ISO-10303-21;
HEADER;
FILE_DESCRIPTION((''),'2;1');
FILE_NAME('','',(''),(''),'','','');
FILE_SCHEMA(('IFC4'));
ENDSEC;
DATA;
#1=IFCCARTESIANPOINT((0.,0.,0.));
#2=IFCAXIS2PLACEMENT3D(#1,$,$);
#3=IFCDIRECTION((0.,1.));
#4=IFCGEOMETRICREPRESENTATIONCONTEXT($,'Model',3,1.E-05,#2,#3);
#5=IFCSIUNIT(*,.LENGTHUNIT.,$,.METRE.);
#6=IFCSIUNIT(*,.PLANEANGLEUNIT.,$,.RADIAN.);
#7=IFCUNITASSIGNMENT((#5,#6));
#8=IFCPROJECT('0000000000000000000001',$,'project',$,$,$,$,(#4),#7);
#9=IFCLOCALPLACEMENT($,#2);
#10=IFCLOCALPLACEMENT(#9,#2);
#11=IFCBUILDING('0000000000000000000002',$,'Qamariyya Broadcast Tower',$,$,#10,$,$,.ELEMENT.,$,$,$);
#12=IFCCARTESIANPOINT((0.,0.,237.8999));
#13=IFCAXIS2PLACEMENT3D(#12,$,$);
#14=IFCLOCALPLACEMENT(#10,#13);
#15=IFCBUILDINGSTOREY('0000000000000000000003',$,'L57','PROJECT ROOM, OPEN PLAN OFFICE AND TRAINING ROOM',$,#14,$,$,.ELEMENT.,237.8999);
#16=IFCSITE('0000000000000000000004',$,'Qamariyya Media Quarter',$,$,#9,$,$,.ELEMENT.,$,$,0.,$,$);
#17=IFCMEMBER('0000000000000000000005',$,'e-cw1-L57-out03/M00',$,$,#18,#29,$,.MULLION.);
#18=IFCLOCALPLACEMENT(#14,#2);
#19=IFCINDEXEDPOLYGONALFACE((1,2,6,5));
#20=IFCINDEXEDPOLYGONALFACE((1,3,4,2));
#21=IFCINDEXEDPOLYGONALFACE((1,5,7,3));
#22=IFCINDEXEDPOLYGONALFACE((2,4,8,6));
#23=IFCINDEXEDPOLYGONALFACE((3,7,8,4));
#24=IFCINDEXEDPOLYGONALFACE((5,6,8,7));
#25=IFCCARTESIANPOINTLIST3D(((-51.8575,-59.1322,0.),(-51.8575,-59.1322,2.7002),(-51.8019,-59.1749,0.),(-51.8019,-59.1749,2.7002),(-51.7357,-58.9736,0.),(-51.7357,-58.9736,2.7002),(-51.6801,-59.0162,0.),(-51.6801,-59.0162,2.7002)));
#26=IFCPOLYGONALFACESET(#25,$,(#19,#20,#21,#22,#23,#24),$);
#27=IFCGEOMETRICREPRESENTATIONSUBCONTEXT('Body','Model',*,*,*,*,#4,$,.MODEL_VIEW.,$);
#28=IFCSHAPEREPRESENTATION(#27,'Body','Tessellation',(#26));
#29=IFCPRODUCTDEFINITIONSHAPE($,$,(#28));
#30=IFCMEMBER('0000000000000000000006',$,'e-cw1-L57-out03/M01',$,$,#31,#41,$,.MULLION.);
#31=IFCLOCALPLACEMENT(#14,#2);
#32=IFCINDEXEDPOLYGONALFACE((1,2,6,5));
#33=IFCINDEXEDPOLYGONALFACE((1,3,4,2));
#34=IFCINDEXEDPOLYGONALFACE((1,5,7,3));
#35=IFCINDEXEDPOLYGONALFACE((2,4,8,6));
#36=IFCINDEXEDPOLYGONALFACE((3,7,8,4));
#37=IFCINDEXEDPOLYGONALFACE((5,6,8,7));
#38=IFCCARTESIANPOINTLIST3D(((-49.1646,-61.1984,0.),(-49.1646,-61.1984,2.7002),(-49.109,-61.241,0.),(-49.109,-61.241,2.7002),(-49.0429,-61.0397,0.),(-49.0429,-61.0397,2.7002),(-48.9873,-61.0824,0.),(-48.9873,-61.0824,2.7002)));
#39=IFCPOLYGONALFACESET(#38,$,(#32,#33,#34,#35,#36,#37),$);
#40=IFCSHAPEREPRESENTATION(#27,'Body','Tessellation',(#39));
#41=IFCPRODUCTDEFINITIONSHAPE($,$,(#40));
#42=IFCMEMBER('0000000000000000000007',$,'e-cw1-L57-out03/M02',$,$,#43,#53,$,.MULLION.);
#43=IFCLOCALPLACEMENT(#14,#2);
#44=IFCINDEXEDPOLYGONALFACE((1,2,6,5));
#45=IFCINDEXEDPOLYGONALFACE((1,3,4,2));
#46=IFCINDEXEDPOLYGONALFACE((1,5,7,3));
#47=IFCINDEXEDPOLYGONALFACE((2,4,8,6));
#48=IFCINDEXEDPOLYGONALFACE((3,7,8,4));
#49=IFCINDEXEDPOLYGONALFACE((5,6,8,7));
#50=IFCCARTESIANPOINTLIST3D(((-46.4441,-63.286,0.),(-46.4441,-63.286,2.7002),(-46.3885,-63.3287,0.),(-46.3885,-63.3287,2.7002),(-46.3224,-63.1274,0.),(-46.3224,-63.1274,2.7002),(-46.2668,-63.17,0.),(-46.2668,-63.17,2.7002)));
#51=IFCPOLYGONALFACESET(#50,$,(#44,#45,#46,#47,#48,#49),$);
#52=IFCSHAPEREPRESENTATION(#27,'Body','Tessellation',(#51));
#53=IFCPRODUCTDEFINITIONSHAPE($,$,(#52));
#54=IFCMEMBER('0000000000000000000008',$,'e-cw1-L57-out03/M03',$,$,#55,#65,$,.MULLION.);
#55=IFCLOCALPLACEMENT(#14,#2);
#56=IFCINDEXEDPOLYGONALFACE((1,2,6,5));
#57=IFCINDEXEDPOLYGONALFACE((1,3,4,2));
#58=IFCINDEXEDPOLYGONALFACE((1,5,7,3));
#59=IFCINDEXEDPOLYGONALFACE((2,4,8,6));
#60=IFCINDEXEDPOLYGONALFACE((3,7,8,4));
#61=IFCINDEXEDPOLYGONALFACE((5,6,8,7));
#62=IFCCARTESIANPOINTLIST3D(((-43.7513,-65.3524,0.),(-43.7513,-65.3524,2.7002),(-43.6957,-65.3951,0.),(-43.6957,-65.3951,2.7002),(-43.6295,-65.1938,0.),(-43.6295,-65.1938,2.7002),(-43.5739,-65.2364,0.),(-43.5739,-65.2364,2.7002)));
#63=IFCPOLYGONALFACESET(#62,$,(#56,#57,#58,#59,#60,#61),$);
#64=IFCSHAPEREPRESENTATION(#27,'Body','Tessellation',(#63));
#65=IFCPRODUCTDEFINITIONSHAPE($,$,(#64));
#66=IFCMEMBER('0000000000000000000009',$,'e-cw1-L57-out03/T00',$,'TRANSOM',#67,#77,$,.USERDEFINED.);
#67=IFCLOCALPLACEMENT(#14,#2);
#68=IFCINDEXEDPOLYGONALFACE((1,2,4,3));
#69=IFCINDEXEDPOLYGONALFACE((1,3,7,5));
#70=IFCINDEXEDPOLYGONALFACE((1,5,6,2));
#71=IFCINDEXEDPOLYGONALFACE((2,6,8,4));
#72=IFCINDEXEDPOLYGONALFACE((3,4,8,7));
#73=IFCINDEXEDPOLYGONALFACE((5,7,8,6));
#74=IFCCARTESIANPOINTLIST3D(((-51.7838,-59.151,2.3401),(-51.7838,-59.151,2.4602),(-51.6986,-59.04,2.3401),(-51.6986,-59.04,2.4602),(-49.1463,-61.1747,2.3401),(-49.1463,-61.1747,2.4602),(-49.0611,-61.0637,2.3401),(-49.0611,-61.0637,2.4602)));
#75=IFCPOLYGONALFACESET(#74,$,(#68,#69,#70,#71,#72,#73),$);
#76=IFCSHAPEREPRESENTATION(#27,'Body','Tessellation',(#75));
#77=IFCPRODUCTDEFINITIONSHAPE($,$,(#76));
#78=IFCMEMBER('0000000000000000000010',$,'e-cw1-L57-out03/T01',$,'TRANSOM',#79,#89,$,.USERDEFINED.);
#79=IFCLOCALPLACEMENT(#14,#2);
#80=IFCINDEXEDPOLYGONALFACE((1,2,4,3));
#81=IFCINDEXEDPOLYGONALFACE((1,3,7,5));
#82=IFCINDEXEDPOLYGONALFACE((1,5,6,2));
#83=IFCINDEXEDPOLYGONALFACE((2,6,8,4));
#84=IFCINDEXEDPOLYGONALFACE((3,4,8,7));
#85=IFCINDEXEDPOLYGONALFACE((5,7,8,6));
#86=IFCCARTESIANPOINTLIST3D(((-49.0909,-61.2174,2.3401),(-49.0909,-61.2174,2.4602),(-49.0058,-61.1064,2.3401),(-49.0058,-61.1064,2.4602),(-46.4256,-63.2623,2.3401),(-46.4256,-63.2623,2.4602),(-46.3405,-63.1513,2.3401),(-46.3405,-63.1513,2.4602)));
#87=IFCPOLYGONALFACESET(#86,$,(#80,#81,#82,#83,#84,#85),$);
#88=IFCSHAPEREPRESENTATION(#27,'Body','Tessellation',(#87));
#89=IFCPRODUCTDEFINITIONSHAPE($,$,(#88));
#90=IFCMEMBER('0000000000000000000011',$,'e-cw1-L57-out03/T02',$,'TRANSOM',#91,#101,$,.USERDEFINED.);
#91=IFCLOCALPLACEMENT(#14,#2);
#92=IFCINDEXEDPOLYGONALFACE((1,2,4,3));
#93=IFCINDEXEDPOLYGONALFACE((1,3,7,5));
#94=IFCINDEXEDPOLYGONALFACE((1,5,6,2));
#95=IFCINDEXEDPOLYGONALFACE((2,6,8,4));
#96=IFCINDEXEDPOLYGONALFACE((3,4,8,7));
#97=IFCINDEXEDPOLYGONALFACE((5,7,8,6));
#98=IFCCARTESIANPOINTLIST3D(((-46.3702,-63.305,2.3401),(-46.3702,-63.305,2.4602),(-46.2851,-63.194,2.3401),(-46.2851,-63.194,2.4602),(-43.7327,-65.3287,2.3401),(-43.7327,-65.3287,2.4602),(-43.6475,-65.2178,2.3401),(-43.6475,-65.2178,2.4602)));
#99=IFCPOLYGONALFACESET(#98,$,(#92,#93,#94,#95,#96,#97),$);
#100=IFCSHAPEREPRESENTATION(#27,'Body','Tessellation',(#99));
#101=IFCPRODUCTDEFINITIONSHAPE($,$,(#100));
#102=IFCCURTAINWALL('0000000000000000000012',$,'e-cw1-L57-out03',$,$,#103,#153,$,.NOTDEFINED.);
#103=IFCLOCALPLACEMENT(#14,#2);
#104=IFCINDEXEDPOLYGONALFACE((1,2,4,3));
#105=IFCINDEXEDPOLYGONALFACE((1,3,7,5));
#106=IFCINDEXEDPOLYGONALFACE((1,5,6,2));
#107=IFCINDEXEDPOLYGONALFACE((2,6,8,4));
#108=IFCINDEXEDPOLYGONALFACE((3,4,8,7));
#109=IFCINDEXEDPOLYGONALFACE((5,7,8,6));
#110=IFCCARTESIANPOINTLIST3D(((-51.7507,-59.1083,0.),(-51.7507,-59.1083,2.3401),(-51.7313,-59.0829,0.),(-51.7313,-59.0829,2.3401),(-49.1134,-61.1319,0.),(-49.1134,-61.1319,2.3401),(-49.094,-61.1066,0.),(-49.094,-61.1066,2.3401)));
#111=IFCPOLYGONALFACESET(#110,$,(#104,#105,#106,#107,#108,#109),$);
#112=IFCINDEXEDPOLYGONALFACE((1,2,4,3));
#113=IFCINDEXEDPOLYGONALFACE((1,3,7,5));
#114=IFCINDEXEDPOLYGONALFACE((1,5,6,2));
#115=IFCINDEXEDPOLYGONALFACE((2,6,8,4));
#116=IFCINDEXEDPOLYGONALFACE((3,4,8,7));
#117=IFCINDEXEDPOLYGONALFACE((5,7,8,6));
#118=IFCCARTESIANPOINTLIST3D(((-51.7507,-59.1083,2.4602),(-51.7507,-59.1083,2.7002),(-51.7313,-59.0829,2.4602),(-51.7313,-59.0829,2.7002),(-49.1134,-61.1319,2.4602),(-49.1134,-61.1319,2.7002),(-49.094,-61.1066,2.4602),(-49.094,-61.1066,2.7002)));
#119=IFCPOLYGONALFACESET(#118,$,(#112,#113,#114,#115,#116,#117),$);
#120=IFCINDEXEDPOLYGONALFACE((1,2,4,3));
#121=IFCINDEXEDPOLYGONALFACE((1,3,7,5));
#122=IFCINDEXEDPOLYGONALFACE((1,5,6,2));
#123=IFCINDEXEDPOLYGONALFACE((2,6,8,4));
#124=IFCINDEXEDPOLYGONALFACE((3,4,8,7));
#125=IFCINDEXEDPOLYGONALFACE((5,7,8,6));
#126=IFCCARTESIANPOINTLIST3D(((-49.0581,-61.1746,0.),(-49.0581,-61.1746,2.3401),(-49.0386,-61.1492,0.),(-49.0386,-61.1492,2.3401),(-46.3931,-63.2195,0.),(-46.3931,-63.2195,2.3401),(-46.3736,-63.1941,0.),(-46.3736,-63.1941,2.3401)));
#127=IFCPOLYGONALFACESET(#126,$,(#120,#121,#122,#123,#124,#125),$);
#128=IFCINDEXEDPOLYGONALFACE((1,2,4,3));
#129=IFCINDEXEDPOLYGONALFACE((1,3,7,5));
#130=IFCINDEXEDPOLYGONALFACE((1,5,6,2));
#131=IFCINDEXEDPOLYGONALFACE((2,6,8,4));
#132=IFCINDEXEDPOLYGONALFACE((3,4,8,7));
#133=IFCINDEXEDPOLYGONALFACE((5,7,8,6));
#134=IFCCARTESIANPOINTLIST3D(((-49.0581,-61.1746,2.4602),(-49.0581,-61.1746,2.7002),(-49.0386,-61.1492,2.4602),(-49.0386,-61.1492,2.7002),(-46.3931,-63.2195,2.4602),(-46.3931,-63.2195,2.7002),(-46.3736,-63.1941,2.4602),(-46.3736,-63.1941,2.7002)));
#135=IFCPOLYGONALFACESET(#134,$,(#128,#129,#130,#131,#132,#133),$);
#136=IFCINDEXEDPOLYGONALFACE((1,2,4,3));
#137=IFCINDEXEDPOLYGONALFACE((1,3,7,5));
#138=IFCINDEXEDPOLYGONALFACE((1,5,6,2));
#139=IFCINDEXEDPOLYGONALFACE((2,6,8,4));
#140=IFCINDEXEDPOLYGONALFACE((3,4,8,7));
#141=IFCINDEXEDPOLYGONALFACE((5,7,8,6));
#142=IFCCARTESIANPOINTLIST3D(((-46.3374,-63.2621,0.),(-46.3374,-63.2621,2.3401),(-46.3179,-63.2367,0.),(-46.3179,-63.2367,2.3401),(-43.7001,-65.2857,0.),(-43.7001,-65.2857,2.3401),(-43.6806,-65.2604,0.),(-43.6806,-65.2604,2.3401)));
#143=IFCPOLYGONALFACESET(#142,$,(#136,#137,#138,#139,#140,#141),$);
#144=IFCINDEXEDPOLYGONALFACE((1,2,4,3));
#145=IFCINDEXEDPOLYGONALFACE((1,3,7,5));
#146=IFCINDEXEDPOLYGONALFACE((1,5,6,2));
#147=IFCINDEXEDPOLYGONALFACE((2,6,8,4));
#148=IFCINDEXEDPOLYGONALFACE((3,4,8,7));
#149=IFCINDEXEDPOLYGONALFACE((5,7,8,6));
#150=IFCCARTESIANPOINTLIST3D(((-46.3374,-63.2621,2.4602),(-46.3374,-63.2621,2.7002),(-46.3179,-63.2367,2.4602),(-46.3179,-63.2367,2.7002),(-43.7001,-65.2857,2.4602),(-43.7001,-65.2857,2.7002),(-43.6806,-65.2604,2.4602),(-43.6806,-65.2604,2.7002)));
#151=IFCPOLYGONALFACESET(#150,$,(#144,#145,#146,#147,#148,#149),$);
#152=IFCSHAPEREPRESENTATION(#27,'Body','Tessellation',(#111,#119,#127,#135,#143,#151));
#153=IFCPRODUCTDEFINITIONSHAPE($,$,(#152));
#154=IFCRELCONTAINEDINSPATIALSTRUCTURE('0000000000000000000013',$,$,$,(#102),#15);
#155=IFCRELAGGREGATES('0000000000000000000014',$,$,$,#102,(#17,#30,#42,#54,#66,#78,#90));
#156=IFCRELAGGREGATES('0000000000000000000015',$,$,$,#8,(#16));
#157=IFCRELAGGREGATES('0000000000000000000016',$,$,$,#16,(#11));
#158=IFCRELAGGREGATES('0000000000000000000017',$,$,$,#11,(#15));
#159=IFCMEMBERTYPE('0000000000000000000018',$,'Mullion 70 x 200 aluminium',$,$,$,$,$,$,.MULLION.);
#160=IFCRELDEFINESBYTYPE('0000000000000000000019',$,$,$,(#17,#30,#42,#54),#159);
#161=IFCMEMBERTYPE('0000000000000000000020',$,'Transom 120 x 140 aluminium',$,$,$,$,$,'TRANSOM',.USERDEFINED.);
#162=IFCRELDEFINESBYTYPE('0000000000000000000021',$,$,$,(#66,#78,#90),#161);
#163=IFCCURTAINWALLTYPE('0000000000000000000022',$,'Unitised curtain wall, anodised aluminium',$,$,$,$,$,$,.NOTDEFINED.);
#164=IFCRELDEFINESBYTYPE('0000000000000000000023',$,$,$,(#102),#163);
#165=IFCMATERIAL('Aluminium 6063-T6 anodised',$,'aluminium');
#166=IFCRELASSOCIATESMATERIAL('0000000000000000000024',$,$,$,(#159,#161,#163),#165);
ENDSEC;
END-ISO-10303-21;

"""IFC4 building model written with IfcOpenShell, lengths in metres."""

from ifc_helpers import new_model, si_unit, direction, frame, origin, origin_2d, place, context, subcontext, project, spatial, rectangle, extrude, material, material_profile, profile_set, type_object, element, aggregate, save


model = new_model("IFC4")

# Units and contexts
model_context = context("Model", 3, precision=1e-05, world=origin(), true_north=direction((0.0, 1.0)))
body_context = subcontext(model_context, "Body", "Model", "MODEL_VIEW")
ifc_project = project(units=[si_unit("LENGTHUNIT", "METRE"), si_unit("PLANEANGLEUNIT", "RADIAN")], contexts=[model_context])

# Members
ifc_material = material(Name="Aluminium 6063-T6 anodised", Category="aluminium")
ifc_material_profile_1 = material_profile(ifc_material, rectangle(XDim=0.2, YDim=0.0701, at=origin_2d()))
ifc_profile_set_1 = profile_set([ifc_material_profile_1], Name="Aluminium 6063-T6 anodised")
member_type_1 = type_object("IfcMemberType", Name="Mullion 70 x 200 aluminium", PredefinedType="MULLION", material=ifc_profile_set_1)
site_placement = place(None, origin())
building_placement = place(site_placement, origin())
storey_placement = place(building_placement, frame((0.0, 0.0, 237.8999)))
member_1_placement = place(storey_placement, frame((-51.7688, -59.0742, 0.0), z_axis=(0.0, 0.0, 1.0), x_axis=(0.608761, 0.793353, 0.0)))
member_1 = element("IfcMember", 1, at=member_1_placement, type_object=member_type_1, Name="e-cw1-L57-out03/M00", PredefinedType="MULLION", context=body_context, shape_type="SweptSolid", body=[
    extrude(rectangle(XDim=0.2, YDim=0.0701, at=origin_2d()), origin(), (0.0, 0.0, 1.0), 2.7002),
])
member_2_placement = place(storey_placement, frame((-49.0759, -61.1404, 0.0), z_axis=(0.0, 0.0, 1.0), x_axis=(0.608761, 0.793353, 0.0)))
member_2 = element("IfcMember", 2, at=member_2_placement, type_object=member_type_1, Name="e-cw1-L57-out03/M01", PredefinedType="MULLION", context=body_context, shape_type="SweptSolid", body=[
    extrude(rectangle(XDim=0.2, YDim=0.0701, at=origin_2d()), origin(), (0.0, 0.0, 1.0), 2.7002),
])
member_3_placement = place(storey_placement, frame((-46.3555, -63.228, 0.0), z_axis=(0.0, 0.0, 1.0), x_axis=(0.608761, 0.793353, 0.0)))
member_3 = element("IfcMember", 3, at=member_3_placement, type_object=member_type_1, Name="e-cw1-L57-out03/M02", PredefinedType="MULLION", context=body_context, shape_type="SweptSolid", body=[
    extrude(rectangle(XDim=0.2, YDim=0.0701, at=origin_2d()), origin(), (0.0, 0.0, 1.0), 2.7002),
])
member_4_placement = place(storey_placement, frame((-43.6626, -65.2944, 0.0), z_axis=(0.0, 0.0, 1.0), x_axis=(0.608761, 0.793353, 0.0)))
member_4 = element("IfcMember", 4, at=member_4_placement, type_object=member_type_1, Name="e-cw1-L57-out03/M03", PredefinedType="MULLION", context=body_context, shape_type="SweptSolid", body=[
    extrude(rectangle(XDim=0.2, YDim=0.0701, at=origin_2d()), origin(), (0.0, 0.0, 1.0), 2.7002),
])
ifc_material_profile_2 = material_profile(ifc_material, rectangle(XDim=0.1399, YDim=0.1201, at=origin_2d()))
ifc_profile_set_2 = profile_set([ifc_material_profile_2], Name="Aluminium 6063-T6 anodised")
member_type_2 = type_object("IfcMemberType", Name="Transom 120 x 140 aluminium", ElementType="TRANSOM", PredefinedType="USERDEFINED", material=ifc_profile_set_2)
member_5_placement = place(storey_placement, frame((-51.7412, -59.0955, 2.4001), z_axis=(0.793369, -0.608741, 0.0), x_axis=(0.608741, 0.793369, 0.0)))
member_5 = element("IfcMember", 5, at=member_5_placement, type_object=member_type_2, Name="e-cw1-L57-out03/T00", ObjectType="TRANSOM", PredefinedType="USERDEFINED", context=body_context, shape_type="SweptSolid", body=[
    extrude(rectangle(XDim=0.1399, YDim=0.1201, at=origin_2d()), origin(), (0.0, 0.0, 1.0), 3.3245),
])
member_6_placement = place(storey_placement, frame((-49.0483, -61.1619, 2.4001), z_axis=(0.793385, -0.60872, 0.0), x_axis=(0.60872, 0.793385, 0.0)))
member_6 = element("IfcMember", 6, at=member_6_placement, type_object=member_type_2, Name="e-cw1-L57-out03/T01", ObjectType="TRANSOM", PredefinedType="USERDEFINED", context=body_context, shape_type="SweptSolid", body=[
    extrude(rectangle(XDim=0.1399, YDim=0.1201, at=origin_2d()), origin(), (0.0, 0.0, 1.0), 3.3594),
])
member_7_placement = place(storey_placement, frame((-46.3276, -63.2495, 2.4001), z_axis=(0.793369, -0.608741, 0.0), x_axis=(0.608741, 0.793369, 0.0)))
member_7 = element("IfcMember", 7, at=member_7_placement, type_object=member_type_2, Name="e-cw1-L57-out03/T02", ObjectType="TRANSOM", PredefinedType="USERDEFINED", context=body_context, shape_type="SweptSolid", body=[
    extrude(rectangle(XDim=0.1399, YDim=0.1201, at=origin_2d()), origin(), (0.0, 0.0, 1.0), 3.3245),
])

# Site, building, storey
site = spatial("IfcSite", under=ifc_project, at=site_placement, Name="Qamariyya Media Quarter", CompositionType="ELEMENT", RefElevation=0.0)
building = spatial("IfcBuilding", under=site, at=building_placement, Name="Qamariyya Broadcast Tower", CompositionType="ELEMENT")
storey = spatial("IfcBuildingStorey", under=building, at=storey_placement, Name="L57", Description="PROJECT ROOM, OPEN PLAN OFFICE AND TRAINING ROOM", CompositionType="ELEMENT", Elevation=237.8999)

# Curtain wall
curtain_wall_type = type_object("IfcCurtainWallType", Name="Unitised curtain wall, anodised aluminium", PredefinedType="NOTDEFINED", material=ifc_material)
curtain_wall_1_placement = place(storey_placement, origin())
curtain_wall_1 = element("IfcCurtainWall", 8, at=curtain_wall_1_placement, inside=storey, type_object=curtain_wall_type, Name="e-cw1-L57-out03", PredefinedType="NOTDEFINED", context=body_context, shape_type="SweptSolid", body=[
    extrude(rectangle(XDim=3.3242, YDim=0.032, at=origin_2d()), frame((-50.4224, -60.1074, 0.0), x_axis=(0.793359, -0.608754, 0.0)), (0.0, 0.0, 1.0), 2.3401),
    extrude(rectangle(XDim=3.3242, YDim=0.032, at=origin_2d()), frame((-50.4224, -60.1074, 2.4602), x_axis=(0.793359, -0.608754, 0.0)), (0.0, 0.0, 1.0), 0.24),
    extrude(rectangle(XDim=3.3591, YDim=0.032, at=origin_2d()), frame((-47.7158, -62.1843, 0.0), x_axis=(0.793359, -0.608754, 0.0)), (0.0, 0.0, 1.0), 2.3401),
    extrude(rectangle(XDim=3.3591, YDim=0.032, at=origin_2d()), frame((-47.7158, -62.1843, 2.4602), x_axis=(0.793359, -0.608754, 0.0)), (0.0, 0.0, 1.0), 0.24),
    extrude(rectangle(XDim=3.3242, YDim=0.032, at=origin_2d()), frame((-45.009, -64.2612, 0.0), x_axis=(0.793359, -0.608754, 0.0)), (0.0, 0.0, 1.0), 2.3401),
    extrude(rectangle(XDim=3.3242, YDim=0.032, at=origin_2d()), frame((-45.009, -64.2612, 2.4602), x_axis=(0.793359, -0.608754, 0.0)), (0.0, 0.0, 1.0), 0.24),
])
aggregate(curtain_wall_1, [member_1, member_2, member_3, member_4, member_5, member_6, member_7])

save(model, "model.ifc")
